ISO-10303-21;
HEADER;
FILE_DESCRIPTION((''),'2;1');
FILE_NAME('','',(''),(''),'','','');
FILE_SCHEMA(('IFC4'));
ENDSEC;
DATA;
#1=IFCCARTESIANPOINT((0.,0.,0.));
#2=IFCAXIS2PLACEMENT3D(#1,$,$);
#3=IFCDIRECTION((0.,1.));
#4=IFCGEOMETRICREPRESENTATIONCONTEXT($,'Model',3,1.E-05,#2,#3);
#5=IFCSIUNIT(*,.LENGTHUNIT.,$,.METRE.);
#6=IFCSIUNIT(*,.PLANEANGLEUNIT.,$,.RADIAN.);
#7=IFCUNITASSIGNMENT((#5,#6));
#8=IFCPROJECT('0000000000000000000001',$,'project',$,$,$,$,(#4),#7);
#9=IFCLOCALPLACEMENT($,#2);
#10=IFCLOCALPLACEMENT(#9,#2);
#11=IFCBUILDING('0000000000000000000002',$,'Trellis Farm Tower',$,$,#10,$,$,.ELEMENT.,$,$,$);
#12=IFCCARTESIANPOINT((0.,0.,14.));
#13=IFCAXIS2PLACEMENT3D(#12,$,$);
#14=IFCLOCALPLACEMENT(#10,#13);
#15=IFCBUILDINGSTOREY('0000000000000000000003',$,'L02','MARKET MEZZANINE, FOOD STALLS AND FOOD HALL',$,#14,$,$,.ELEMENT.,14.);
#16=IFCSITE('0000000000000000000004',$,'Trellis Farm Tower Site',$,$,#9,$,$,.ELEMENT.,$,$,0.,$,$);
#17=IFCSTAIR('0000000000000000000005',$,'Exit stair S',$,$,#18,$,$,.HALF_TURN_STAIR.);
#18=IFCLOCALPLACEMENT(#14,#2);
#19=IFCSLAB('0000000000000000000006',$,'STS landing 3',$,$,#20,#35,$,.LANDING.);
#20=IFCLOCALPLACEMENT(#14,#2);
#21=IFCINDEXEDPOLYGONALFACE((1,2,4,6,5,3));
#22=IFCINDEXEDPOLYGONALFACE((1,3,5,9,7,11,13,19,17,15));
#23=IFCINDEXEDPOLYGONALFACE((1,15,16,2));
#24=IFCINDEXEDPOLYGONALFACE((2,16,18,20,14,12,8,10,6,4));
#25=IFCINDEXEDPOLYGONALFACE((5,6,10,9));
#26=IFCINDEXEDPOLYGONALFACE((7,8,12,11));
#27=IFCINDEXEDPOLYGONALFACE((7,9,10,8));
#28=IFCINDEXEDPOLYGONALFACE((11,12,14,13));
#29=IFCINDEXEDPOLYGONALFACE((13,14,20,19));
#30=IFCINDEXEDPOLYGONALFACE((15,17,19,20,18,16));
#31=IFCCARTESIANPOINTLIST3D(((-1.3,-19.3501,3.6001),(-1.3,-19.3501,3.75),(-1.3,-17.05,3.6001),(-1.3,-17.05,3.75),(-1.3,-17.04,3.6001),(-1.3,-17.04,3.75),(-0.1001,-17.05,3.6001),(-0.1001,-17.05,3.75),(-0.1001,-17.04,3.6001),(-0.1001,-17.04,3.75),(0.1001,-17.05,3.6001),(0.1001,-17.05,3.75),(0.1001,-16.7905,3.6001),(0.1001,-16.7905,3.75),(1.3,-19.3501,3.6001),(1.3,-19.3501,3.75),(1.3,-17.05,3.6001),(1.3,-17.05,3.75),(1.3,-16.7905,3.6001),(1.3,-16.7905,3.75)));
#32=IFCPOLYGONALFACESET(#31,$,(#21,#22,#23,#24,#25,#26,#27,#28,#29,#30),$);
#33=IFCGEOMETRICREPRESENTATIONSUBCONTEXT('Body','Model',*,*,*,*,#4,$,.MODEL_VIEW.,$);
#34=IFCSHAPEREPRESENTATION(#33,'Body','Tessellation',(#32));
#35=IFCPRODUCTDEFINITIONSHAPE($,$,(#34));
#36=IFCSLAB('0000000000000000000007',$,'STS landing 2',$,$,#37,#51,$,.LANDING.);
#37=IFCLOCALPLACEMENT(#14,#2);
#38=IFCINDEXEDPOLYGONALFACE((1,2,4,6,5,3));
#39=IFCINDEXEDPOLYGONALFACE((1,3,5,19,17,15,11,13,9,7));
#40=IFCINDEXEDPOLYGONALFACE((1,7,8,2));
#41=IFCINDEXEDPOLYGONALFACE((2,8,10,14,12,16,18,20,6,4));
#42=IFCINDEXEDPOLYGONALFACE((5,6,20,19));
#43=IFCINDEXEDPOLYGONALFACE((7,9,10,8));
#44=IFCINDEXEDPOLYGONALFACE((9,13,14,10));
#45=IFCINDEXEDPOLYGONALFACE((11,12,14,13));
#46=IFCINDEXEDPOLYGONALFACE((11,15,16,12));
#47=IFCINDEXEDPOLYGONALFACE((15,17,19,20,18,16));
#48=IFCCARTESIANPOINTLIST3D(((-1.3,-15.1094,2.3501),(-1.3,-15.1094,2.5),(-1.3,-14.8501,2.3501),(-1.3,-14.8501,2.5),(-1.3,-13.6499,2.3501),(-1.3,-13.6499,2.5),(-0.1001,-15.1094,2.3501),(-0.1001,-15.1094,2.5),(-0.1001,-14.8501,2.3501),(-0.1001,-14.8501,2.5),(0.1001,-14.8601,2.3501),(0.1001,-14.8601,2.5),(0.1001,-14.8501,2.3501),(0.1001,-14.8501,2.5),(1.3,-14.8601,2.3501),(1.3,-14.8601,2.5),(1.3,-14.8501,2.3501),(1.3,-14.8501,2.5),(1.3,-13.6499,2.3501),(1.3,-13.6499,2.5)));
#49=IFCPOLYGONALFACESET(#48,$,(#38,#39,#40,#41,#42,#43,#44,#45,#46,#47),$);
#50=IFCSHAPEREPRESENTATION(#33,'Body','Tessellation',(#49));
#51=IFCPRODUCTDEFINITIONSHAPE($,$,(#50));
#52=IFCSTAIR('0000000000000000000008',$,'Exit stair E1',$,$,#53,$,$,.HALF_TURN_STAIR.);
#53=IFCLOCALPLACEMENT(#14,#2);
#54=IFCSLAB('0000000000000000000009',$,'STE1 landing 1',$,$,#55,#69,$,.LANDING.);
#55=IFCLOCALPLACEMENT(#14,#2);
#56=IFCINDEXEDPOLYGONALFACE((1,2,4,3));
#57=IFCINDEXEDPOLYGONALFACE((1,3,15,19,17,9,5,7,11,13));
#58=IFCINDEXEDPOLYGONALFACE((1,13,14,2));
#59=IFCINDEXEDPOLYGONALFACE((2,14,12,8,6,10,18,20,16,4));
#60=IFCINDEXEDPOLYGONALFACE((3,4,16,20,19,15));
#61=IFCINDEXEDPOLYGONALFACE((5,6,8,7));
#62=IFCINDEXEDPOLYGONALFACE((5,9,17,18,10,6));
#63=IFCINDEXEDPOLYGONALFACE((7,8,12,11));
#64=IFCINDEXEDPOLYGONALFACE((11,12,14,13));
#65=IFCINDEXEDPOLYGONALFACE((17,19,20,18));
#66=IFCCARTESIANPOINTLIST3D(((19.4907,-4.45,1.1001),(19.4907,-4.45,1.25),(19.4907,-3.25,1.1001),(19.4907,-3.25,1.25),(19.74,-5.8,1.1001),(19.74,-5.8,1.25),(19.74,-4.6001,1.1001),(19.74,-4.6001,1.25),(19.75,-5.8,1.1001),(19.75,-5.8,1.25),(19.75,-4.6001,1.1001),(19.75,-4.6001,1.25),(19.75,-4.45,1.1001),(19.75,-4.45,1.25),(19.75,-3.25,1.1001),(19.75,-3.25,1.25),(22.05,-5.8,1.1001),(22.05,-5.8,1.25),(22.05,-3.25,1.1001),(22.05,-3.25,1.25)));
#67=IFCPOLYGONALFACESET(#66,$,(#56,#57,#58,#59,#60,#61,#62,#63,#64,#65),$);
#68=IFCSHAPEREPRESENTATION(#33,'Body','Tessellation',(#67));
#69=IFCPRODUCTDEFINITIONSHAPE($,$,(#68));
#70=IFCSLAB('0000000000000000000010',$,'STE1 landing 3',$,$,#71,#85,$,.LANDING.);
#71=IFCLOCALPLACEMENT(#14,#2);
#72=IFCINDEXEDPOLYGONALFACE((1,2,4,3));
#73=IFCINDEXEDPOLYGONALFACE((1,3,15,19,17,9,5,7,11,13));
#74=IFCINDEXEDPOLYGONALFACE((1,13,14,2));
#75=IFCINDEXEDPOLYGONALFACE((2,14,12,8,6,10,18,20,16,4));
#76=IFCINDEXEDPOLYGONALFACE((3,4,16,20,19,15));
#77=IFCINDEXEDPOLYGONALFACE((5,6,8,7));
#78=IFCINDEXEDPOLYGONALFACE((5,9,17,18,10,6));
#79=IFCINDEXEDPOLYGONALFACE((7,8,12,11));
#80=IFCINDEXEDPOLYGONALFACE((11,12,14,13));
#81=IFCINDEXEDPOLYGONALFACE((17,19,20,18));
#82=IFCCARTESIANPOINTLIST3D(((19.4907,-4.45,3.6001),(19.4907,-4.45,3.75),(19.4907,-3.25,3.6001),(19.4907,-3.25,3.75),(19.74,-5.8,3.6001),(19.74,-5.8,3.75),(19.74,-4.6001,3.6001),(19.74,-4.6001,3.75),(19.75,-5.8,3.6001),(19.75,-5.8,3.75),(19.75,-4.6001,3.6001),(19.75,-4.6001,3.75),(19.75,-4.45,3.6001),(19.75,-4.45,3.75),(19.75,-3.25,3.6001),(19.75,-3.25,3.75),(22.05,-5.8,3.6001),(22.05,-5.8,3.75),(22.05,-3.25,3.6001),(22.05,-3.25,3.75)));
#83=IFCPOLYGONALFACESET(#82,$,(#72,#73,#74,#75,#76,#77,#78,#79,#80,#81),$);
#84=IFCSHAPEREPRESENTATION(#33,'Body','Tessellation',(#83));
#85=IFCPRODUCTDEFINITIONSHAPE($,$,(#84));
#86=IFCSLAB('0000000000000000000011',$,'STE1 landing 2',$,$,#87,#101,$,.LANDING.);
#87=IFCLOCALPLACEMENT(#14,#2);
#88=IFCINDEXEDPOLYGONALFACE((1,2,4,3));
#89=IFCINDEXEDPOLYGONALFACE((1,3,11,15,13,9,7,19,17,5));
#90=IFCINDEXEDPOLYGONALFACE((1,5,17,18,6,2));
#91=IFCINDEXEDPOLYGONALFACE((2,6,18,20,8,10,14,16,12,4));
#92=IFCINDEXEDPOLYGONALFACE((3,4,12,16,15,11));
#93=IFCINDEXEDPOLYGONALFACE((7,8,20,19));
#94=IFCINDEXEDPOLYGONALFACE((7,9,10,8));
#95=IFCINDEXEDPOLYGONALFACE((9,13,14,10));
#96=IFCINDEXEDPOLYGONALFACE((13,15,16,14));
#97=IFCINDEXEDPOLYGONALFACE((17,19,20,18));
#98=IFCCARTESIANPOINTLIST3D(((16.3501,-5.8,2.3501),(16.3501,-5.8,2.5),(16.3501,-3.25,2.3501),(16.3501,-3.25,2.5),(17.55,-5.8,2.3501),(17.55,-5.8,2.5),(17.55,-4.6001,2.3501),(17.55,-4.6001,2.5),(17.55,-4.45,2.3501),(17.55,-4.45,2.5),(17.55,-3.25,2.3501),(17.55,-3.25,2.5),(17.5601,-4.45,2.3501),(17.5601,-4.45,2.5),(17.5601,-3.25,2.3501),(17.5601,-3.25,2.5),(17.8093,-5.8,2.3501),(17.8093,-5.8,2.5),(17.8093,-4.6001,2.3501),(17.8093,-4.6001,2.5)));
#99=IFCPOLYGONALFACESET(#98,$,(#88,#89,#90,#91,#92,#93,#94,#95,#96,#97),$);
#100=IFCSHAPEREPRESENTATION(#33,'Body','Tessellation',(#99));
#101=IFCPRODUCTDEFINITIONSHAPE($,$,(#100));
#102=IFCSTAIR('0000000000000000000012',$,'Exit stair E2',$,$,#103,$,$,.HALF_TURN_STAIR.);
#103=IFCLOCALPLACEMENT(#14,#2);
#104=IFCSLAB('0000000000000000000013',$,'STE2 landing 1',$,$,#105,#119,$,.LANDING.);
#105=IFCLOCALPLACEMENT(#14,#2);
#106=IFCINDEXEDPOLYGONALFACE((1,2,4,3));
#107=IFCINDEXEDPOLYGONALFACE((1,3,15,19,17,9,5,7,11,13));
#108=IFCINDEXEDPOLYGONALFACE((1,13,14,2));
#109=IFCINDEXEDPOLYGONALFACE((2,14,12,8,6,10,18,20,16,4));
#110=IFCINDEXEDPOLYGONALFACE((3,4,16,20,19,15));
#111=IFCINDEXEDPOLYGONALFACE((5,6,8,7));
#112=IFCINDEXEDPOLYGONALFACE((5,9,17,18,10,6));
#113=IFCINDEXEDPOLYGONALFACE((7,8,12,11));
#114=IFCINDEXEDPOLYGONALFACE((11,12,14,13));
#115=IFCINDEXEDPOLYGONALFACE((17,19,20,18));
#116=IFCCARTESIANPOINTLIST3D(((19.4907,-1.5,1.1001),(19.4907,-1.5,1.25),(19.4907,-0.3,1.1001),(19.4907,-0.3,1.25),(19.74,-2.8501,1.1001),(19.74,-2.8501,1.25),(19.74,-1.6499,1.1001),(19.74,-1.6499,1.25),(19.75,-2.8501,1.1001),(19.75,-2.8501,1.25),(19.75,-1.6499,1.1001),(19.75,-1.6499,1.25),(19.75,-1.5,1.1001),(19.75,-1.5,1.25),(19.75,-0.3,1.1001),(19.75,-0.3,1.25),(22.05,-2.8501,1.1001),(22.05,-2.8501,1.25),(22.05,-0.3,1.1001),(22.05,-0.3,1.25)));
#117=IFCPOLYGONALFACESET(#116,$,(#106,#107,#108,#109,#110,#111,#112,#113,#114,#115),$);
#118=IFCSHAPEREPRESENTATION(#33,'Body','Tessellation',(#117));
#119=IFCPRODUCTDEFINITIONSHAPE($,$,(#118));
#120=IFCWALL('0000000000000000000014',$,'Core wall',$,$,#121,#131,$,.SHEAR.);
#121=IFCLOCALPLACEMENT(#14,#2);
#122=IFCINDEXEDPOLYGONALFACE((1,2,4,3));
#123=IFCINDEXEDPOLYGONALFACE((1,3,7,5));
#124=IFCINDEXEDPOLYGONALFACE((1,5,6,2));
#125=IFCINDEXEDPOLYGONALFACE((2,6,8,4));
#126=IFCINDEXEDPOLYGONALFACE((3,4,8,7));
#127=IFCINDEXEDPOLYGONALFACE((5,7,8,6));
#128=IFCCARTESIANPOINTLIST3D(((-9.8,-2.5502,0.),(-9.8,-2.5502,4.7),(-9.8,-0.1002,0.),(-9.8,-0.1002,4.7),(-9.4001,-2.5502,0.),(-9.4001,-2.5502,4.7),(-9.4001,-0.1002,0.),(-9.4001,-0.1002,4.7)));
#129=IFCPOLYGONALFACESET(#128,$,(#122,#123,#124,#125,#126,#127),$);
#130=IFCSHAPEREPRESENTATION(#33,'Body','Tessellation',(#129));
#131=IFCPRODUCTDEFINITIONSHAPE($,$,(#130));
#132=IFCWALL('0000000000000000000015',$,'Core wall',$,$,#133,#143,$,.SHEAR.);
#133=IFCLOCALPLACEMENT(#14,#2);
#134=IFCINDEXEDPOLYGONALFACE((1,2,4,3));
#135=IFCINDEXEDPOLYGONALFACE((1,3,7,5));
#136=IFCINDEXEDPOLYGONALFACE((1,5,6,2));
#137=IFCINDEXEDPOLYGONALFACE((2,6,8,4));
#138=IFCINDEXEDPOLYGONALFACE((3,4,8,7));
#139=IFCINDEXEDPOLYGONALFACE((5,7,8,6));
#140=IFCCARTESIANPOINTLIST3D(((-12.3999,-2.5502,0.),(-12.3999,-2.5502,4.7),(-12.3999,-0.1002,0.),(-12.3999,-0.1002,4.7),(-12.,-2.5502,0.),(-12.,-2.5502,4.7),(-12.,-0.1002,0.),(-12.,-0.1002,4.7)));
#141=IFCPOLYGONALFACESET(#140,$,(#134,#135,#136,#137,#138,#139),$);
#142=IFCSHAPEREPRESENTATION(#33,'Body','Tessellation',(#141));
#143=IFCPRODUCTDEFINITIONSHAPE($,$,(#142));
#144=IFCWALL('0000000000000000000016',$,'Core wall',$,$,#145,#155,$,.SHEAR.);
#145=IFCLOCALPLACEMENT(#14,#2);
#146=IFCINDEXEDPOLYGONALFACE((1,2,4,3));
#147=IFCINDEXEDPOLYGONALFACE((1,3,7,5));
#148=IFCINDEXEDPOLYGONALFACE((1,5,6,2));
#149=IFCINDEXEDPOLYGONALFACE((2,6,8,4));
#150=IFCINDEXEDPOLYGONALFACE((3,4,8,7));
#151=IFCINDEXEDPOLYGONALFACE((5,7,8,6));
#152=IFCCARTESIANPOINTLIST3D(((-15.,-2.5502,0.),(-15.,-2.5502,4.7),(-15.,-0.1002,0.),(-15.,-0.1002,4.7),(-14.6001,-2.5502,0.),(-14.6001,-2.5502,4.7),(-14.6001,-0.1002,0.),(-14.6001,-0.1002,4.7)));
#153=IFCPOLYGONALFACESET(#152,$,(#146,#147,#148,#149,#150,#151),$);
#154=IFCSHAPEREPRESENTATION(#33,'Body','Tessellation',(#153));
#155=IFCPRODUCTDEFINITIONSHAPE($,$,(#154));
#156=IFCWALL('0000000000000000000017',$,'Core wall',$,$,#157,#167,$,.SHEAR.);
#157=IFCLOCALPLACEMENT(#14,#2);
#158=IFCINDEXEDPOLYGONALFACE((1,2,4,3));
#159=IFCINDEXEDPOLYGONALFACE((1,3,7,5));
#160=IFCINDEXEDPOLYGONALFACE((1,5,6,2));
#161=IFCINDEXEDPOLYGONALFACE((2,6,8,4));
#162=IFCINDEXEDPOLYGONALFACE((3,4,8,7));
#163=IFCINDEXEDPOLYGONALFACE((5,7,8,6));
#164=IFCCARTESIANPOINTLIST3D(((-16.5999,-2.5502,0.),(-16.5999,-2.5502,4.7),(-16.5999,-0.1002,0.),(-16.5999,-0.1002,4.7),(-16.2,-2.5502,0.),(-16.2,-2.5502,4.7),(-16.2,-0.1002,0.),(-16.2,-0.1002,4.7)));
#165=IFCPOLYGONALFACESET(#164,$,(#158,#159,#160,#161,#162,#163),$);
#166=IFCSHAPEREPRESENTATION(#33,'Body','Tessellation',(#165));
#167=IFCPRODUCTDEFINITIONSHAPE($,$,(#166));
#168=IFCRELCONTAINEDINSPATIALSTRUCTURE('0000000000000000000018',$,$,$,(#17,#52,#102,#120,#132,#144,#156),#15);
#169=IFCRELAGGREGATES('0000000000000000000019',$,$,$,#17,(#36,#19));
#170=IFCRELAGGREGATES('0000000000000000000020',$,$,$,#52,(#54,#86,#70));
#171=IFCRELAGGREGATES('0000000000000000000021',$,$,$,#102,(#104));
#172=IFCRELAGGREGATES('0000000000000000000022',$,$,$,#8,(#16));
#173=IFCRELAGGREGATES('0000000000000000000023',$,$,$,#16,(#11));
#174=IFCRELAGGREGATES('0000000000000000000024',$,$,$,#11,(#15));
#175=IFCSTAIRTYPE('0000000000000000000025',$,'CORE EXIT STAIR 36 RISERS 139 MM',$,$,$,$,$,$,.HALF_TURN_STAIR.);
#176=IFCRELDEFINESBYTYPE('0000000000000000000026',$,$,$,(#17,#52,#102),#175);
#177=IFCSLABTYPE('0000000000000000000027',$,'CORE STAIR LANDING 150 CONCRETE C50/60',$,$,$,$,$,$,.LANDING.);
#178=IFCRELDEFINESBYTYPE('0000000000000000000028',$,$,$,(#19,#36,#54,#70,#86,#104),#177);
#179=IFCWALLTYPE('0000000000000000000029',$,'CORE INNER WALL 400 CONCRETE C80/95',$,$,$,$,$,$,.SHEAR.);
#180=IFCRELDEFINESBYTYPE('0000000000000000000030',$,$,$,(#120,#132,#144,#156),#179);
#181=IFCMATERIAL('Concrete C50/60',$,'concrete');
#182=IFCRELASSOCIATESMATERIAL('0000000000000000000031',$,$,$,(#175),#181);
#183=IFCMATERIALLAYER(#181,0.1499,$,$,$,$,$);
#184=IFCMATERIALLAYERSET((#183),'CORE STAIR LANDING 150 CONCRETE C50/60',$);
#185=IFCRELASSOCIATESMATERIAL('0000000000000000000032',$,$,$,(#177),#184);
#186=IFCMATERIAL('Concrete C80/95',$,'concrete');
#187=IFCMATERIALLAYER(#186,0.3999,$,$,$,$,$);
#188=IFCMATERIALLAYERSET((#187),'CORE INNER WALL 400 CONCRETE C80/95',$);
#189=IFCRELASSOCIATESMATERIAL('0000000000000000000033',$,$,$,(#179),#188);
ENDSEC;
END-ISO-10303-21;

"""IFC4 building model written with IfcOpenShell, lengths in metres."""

from ifc_helpers import new_model, si_unit, direction, frame, frame_2d, origin, place, context, subcontext, project, spatial, polyline, rectangle, outline, extrude, source, transform, mapped, material, layer, layer_set, type_object, element, aggregate, save


model = new_model("IFC4")

# Units and contexts
model_context = context("Model", 3, precision=1e-05, world=origin(), true_north=direction((0.0, 1.0)))
body_context = subcontext(model_context, "Body", "Model", "MODEL_VIEW")
ifc_project = project(units=[si_unit("LENGTHUNIT", "METRE"), si_unit("PLANEANGLEUNIT", "RADIAN")], contexts=[model_context])

# Site, building, storey
site_placement = place(None, origin())
site = spatial("IfcSite", under=ifc_project, at=site_placement, Name="Trellis Farm Tower Site", CompositionType="ELEMENT", RefElevation=0.0)
building_placement = place(site_placement, origin())
building = spatial("IfcBuilding", under=site, at=building_placement, Name="Trellis Farm Tower", CompositionType="ELEMENT")
storey_placement = place(building_placement, frame((0.0, 0.0, 14.0)))
storey = spatial("IfcBuildingStorey", under=building, at=storey_placement, Name="L02", Description="MARKET MEZZANINE, FOOD STALLS AND FOOD HALL", CompositionType="ELEMENT", Elevation=14.0)

# Shared definitions
ifc_material_1 = material(Name="Concrete C80/95", Category="concrete")

# Stairs, slabs
ifc_material_2 = material(Name="Concrete C50/60", Category="concrete")
stair_type = type_object("IfcStairType", Name="CORE EXIT STAIR 36 RISERS 139 MM", PredefinedType="HALF_TURN_STAIR", material=ifc_material_2)
placement_1 = place(storey_placement, origin())
ifc_layer_1 = layer(ifc_material_2, 0.1499)
ifc_layer_set_1 = layer_set([ifc_layer_1], Name="CORE STAIR LANDING 150 CONCRETE C50/60")
slab_type_1 = type_object("IfcSlabType", Name="CORE STAIR LANDING 150 CONCRETE C50/60", PredefinedType="LANDING", material=ifc_layer_set_1)
placement_2 = place(storey_placement, frame((0.0, 0.0, 1.1001)))
placement_3 = place(storey_placement, frame((0.0, 0.0, 3.6001)))
placement_4 = place(storey_placement, frame((0.0, 0.0, 2.3501)))
stair_1 = element("IfcStair", 1, at=placement_1, inside=storey, type_object=stair_type, Name="Exit stair S", PredefinedType="HALF_TURN_STAIR")
shared_shape_1 = source(origin(), body_context, "Body", "SweptSolid", [
    extrude(outline(polyline([(1.3, -19.3501), (-1.3, -19.3501), (-1.3, -17.05), (-1.3, -17.04), (-0.1001, -17.04), (-0.1001, -17.05), (0.1001, -17.05), (0.1001, -16.7905), (1.3, -16.7905), (1.3, -17.05), (1.3, -19.3501)])), origin(), (0.0, 0.0, 1.0), 0.1499),
])
slab_1 = element("IfcSlab", 2, at=placement_3, type_object=slab_type_1, Name="STS landing 3", PredefinedType="LANDING", context=body_context, shape_type="MappedRepresentation", body=[
    mapped(shared_shape_1, transform((0.0, 0.0, 0.0))),
])
shared_shape_2 = source(origin(), body_context, "Body", "SweptSolid", [
    extrude(outline(polyline([(-0.1001, -15.1094), (-1.3, -15.1094), (-1.3, -14.8501), (-1.3, -13.6499), (1.3, -13.6499), (1.3, -14.8501), (1.3, -14.8601), (0.1001, -14.8601), (0.1001, -14.8501), (-0.1001, -14.8501), (-0.1001, -15.1094)])), origin(), (0.0, 0.0, 1.0), 0.1499),
])
slab_2 = element("IfcSlab", 3, at=placement_4, type_object=slab_type_1, Name="STS landing 2", PredefinedType="LANDING", context=body_context, shape_type="MappedRepresentation", body=[
    mapped(shared_shape_2, transform((0.0, 0.0, 0.0))),
])
aggregate(stair_1, [slab_2, slab_1])
stair_2 = element("IfcStair", 4, at=placement_1, inside=storey, type_object=stair_type, Name="Exit stair E1", PredefinedType="HALF_TURN_STAIR")
shared_shape_3 = source(origin(), body_context, "Body", "SweptSolid", [
    extrude(outline(polyline([(19.74, -5.8), (19.74, -4.6001), (19.75, -4.6001), (19.75, -4.45), (19.4907, -4.45), (19.4907, -3.25), (19.75, -3.25), (22.05, -3.25), (22.05, -5.8), (19.75, -5.8), (19.74, -5.8)])), origin(), (0.0, 0.0, 1.0), 0.1499),
])
slab_3 = element("IfcSlab", 5, at=placement_2, type_object=slab_type_1, Name="STE1 landing 1", PredefinedType="LANDING", context=body_context, shape_type="MappedRepresentation", body=[
    mapped(shared_shape_3, transform((0.0, 0.0, 0.0))),
])
slab_4 = element("IfcSlab", 6, at=placement_3, type_object=slab_type_1, Name="STE1 landing 3", PredefinedType="LANDING", context=body_context, shape_type="MappedRepresentation", body=[
    mapped(shared_shape_3, transform((0.0, 0.0, 0.0))),
])
shared_shape_4 = source(origin(), body_context, "Body", "SweptSolid", [
    extrude(outline(polyline([(17.8093, -4.6001), (17.8093, -5.8), (17.55, -5.8), (16.3501, -5.8), (16.3501, -3.25), (17.55, -3.25), (17.5601, -3.25), (17.5601, -4.45), (17.55, -4.45), (17.55, -4.6001), (17.8093, -4.6001)])), origin(), (0.0, 0.0, 1.0), 0.1499),
])
slab_5 = element("IfcSlab", 7, at=placement_4, type_object=slab_type_1, Name="STE1 landing 2", PredefinedType="LANDING", context=body_context, shape_type="MappedRepresentation", body=[
    mapped(shared_shape_4, transform((0.0, 0.0, 0.0))),
])
aggregate(stair_2, [slab_3, slab_5, slab_4])

# Stair, slab
stair_3 = element("IfcStair", 8, at=placement_1, inside=storey, type_object=stair_type, Name="Exit stair E2", PredefinedType="HALF_TURN_STAIR")
shared_shape_5 = source(origin(), body_context, "Body", "SweptSolid", [
    extrude(outline(polyline([(19.74, -2.8501), (19.74, -1.6499), (19.75, -1.6499), (19.75, -1.5), (19.4907, -1.5), (19.4907, -0.3), (19.75, -0.3), (22.05, -0.3), (22.05, -2.8501), (19.75, -2.8501), (19.74, -2.8501)])), origin(), (0.0, 0.0, 1.0), 0.1499),
])
slab_6 = element("IfcSlab", 9, at=placement_2, type_object=slab_type_1, Name="STE2 landing 1", PredefinedType="LANDING", context=body_context, shape_type="MappedRepresentation", body=[
    mapped(shared_shape_5, transform((0.0, 0.0, 0.0))),
])
aggregate(stair_3, [slab_6])

# Walls
ifc_layer_2 = layer(ifc_material_1, 0.3999)
ifc_layer_set_2 = layer_set([ifc_layer_2], Name="CORE INNER WALL 400 CONCRETE C80/95")
wall_type_1 = type_object("IfcWallType", Name="CORE INNER WALL 400 CONCRETE C80/95", PredefinedType="SHEAR", material=ifc_layer_set_2)
shared_shape_6 = source(origin(), body_context, "Body", "SweptSolid", [
    extrude(rectangle(XDim=2.45, YDim=0.3999, at=frame_2d((1.2251, 0.0))), origin(), (0.0, 0.0, 1.0), 4.7),
])
for number, where, z_axis, x_axis, name in (
    (10, (-9.6001, -0.1001, 0.0), (0.0, 0.0, 1.0), (0.0, -1.0, 0.0), "Core wall"),
    (11, (-12.2, -0.1001, 0.0), (0.0, 0.0, 1.0), (0.0, -1.0, 0.0), "Core wall"),
    (12, (-14.8, -0.1001, 0.0), (0.0, 0.0, 1.0), (0.0, -1.0, 0.0), "Core wall"),
    (13, (-16.3999, -0.1001, 0.0), (0.0, 0.0, 1.0), (0.0, -1.0, 0.0), "Core wall"),
):
    element("IfcWall", number, at=place(storey_placement, frame(where, z_axis=z_axis, x_axis=x_axis)), inside=storey, type_object=wall_type_1, Name=name, PredefinedType="SHEAR", context=body_context, shape_type="MappedRepresentation", body=[
        mapped(shared_shape_6, transform((0.0, 0.0, 0.0))),
    ])

save(model, "model.ifc")
